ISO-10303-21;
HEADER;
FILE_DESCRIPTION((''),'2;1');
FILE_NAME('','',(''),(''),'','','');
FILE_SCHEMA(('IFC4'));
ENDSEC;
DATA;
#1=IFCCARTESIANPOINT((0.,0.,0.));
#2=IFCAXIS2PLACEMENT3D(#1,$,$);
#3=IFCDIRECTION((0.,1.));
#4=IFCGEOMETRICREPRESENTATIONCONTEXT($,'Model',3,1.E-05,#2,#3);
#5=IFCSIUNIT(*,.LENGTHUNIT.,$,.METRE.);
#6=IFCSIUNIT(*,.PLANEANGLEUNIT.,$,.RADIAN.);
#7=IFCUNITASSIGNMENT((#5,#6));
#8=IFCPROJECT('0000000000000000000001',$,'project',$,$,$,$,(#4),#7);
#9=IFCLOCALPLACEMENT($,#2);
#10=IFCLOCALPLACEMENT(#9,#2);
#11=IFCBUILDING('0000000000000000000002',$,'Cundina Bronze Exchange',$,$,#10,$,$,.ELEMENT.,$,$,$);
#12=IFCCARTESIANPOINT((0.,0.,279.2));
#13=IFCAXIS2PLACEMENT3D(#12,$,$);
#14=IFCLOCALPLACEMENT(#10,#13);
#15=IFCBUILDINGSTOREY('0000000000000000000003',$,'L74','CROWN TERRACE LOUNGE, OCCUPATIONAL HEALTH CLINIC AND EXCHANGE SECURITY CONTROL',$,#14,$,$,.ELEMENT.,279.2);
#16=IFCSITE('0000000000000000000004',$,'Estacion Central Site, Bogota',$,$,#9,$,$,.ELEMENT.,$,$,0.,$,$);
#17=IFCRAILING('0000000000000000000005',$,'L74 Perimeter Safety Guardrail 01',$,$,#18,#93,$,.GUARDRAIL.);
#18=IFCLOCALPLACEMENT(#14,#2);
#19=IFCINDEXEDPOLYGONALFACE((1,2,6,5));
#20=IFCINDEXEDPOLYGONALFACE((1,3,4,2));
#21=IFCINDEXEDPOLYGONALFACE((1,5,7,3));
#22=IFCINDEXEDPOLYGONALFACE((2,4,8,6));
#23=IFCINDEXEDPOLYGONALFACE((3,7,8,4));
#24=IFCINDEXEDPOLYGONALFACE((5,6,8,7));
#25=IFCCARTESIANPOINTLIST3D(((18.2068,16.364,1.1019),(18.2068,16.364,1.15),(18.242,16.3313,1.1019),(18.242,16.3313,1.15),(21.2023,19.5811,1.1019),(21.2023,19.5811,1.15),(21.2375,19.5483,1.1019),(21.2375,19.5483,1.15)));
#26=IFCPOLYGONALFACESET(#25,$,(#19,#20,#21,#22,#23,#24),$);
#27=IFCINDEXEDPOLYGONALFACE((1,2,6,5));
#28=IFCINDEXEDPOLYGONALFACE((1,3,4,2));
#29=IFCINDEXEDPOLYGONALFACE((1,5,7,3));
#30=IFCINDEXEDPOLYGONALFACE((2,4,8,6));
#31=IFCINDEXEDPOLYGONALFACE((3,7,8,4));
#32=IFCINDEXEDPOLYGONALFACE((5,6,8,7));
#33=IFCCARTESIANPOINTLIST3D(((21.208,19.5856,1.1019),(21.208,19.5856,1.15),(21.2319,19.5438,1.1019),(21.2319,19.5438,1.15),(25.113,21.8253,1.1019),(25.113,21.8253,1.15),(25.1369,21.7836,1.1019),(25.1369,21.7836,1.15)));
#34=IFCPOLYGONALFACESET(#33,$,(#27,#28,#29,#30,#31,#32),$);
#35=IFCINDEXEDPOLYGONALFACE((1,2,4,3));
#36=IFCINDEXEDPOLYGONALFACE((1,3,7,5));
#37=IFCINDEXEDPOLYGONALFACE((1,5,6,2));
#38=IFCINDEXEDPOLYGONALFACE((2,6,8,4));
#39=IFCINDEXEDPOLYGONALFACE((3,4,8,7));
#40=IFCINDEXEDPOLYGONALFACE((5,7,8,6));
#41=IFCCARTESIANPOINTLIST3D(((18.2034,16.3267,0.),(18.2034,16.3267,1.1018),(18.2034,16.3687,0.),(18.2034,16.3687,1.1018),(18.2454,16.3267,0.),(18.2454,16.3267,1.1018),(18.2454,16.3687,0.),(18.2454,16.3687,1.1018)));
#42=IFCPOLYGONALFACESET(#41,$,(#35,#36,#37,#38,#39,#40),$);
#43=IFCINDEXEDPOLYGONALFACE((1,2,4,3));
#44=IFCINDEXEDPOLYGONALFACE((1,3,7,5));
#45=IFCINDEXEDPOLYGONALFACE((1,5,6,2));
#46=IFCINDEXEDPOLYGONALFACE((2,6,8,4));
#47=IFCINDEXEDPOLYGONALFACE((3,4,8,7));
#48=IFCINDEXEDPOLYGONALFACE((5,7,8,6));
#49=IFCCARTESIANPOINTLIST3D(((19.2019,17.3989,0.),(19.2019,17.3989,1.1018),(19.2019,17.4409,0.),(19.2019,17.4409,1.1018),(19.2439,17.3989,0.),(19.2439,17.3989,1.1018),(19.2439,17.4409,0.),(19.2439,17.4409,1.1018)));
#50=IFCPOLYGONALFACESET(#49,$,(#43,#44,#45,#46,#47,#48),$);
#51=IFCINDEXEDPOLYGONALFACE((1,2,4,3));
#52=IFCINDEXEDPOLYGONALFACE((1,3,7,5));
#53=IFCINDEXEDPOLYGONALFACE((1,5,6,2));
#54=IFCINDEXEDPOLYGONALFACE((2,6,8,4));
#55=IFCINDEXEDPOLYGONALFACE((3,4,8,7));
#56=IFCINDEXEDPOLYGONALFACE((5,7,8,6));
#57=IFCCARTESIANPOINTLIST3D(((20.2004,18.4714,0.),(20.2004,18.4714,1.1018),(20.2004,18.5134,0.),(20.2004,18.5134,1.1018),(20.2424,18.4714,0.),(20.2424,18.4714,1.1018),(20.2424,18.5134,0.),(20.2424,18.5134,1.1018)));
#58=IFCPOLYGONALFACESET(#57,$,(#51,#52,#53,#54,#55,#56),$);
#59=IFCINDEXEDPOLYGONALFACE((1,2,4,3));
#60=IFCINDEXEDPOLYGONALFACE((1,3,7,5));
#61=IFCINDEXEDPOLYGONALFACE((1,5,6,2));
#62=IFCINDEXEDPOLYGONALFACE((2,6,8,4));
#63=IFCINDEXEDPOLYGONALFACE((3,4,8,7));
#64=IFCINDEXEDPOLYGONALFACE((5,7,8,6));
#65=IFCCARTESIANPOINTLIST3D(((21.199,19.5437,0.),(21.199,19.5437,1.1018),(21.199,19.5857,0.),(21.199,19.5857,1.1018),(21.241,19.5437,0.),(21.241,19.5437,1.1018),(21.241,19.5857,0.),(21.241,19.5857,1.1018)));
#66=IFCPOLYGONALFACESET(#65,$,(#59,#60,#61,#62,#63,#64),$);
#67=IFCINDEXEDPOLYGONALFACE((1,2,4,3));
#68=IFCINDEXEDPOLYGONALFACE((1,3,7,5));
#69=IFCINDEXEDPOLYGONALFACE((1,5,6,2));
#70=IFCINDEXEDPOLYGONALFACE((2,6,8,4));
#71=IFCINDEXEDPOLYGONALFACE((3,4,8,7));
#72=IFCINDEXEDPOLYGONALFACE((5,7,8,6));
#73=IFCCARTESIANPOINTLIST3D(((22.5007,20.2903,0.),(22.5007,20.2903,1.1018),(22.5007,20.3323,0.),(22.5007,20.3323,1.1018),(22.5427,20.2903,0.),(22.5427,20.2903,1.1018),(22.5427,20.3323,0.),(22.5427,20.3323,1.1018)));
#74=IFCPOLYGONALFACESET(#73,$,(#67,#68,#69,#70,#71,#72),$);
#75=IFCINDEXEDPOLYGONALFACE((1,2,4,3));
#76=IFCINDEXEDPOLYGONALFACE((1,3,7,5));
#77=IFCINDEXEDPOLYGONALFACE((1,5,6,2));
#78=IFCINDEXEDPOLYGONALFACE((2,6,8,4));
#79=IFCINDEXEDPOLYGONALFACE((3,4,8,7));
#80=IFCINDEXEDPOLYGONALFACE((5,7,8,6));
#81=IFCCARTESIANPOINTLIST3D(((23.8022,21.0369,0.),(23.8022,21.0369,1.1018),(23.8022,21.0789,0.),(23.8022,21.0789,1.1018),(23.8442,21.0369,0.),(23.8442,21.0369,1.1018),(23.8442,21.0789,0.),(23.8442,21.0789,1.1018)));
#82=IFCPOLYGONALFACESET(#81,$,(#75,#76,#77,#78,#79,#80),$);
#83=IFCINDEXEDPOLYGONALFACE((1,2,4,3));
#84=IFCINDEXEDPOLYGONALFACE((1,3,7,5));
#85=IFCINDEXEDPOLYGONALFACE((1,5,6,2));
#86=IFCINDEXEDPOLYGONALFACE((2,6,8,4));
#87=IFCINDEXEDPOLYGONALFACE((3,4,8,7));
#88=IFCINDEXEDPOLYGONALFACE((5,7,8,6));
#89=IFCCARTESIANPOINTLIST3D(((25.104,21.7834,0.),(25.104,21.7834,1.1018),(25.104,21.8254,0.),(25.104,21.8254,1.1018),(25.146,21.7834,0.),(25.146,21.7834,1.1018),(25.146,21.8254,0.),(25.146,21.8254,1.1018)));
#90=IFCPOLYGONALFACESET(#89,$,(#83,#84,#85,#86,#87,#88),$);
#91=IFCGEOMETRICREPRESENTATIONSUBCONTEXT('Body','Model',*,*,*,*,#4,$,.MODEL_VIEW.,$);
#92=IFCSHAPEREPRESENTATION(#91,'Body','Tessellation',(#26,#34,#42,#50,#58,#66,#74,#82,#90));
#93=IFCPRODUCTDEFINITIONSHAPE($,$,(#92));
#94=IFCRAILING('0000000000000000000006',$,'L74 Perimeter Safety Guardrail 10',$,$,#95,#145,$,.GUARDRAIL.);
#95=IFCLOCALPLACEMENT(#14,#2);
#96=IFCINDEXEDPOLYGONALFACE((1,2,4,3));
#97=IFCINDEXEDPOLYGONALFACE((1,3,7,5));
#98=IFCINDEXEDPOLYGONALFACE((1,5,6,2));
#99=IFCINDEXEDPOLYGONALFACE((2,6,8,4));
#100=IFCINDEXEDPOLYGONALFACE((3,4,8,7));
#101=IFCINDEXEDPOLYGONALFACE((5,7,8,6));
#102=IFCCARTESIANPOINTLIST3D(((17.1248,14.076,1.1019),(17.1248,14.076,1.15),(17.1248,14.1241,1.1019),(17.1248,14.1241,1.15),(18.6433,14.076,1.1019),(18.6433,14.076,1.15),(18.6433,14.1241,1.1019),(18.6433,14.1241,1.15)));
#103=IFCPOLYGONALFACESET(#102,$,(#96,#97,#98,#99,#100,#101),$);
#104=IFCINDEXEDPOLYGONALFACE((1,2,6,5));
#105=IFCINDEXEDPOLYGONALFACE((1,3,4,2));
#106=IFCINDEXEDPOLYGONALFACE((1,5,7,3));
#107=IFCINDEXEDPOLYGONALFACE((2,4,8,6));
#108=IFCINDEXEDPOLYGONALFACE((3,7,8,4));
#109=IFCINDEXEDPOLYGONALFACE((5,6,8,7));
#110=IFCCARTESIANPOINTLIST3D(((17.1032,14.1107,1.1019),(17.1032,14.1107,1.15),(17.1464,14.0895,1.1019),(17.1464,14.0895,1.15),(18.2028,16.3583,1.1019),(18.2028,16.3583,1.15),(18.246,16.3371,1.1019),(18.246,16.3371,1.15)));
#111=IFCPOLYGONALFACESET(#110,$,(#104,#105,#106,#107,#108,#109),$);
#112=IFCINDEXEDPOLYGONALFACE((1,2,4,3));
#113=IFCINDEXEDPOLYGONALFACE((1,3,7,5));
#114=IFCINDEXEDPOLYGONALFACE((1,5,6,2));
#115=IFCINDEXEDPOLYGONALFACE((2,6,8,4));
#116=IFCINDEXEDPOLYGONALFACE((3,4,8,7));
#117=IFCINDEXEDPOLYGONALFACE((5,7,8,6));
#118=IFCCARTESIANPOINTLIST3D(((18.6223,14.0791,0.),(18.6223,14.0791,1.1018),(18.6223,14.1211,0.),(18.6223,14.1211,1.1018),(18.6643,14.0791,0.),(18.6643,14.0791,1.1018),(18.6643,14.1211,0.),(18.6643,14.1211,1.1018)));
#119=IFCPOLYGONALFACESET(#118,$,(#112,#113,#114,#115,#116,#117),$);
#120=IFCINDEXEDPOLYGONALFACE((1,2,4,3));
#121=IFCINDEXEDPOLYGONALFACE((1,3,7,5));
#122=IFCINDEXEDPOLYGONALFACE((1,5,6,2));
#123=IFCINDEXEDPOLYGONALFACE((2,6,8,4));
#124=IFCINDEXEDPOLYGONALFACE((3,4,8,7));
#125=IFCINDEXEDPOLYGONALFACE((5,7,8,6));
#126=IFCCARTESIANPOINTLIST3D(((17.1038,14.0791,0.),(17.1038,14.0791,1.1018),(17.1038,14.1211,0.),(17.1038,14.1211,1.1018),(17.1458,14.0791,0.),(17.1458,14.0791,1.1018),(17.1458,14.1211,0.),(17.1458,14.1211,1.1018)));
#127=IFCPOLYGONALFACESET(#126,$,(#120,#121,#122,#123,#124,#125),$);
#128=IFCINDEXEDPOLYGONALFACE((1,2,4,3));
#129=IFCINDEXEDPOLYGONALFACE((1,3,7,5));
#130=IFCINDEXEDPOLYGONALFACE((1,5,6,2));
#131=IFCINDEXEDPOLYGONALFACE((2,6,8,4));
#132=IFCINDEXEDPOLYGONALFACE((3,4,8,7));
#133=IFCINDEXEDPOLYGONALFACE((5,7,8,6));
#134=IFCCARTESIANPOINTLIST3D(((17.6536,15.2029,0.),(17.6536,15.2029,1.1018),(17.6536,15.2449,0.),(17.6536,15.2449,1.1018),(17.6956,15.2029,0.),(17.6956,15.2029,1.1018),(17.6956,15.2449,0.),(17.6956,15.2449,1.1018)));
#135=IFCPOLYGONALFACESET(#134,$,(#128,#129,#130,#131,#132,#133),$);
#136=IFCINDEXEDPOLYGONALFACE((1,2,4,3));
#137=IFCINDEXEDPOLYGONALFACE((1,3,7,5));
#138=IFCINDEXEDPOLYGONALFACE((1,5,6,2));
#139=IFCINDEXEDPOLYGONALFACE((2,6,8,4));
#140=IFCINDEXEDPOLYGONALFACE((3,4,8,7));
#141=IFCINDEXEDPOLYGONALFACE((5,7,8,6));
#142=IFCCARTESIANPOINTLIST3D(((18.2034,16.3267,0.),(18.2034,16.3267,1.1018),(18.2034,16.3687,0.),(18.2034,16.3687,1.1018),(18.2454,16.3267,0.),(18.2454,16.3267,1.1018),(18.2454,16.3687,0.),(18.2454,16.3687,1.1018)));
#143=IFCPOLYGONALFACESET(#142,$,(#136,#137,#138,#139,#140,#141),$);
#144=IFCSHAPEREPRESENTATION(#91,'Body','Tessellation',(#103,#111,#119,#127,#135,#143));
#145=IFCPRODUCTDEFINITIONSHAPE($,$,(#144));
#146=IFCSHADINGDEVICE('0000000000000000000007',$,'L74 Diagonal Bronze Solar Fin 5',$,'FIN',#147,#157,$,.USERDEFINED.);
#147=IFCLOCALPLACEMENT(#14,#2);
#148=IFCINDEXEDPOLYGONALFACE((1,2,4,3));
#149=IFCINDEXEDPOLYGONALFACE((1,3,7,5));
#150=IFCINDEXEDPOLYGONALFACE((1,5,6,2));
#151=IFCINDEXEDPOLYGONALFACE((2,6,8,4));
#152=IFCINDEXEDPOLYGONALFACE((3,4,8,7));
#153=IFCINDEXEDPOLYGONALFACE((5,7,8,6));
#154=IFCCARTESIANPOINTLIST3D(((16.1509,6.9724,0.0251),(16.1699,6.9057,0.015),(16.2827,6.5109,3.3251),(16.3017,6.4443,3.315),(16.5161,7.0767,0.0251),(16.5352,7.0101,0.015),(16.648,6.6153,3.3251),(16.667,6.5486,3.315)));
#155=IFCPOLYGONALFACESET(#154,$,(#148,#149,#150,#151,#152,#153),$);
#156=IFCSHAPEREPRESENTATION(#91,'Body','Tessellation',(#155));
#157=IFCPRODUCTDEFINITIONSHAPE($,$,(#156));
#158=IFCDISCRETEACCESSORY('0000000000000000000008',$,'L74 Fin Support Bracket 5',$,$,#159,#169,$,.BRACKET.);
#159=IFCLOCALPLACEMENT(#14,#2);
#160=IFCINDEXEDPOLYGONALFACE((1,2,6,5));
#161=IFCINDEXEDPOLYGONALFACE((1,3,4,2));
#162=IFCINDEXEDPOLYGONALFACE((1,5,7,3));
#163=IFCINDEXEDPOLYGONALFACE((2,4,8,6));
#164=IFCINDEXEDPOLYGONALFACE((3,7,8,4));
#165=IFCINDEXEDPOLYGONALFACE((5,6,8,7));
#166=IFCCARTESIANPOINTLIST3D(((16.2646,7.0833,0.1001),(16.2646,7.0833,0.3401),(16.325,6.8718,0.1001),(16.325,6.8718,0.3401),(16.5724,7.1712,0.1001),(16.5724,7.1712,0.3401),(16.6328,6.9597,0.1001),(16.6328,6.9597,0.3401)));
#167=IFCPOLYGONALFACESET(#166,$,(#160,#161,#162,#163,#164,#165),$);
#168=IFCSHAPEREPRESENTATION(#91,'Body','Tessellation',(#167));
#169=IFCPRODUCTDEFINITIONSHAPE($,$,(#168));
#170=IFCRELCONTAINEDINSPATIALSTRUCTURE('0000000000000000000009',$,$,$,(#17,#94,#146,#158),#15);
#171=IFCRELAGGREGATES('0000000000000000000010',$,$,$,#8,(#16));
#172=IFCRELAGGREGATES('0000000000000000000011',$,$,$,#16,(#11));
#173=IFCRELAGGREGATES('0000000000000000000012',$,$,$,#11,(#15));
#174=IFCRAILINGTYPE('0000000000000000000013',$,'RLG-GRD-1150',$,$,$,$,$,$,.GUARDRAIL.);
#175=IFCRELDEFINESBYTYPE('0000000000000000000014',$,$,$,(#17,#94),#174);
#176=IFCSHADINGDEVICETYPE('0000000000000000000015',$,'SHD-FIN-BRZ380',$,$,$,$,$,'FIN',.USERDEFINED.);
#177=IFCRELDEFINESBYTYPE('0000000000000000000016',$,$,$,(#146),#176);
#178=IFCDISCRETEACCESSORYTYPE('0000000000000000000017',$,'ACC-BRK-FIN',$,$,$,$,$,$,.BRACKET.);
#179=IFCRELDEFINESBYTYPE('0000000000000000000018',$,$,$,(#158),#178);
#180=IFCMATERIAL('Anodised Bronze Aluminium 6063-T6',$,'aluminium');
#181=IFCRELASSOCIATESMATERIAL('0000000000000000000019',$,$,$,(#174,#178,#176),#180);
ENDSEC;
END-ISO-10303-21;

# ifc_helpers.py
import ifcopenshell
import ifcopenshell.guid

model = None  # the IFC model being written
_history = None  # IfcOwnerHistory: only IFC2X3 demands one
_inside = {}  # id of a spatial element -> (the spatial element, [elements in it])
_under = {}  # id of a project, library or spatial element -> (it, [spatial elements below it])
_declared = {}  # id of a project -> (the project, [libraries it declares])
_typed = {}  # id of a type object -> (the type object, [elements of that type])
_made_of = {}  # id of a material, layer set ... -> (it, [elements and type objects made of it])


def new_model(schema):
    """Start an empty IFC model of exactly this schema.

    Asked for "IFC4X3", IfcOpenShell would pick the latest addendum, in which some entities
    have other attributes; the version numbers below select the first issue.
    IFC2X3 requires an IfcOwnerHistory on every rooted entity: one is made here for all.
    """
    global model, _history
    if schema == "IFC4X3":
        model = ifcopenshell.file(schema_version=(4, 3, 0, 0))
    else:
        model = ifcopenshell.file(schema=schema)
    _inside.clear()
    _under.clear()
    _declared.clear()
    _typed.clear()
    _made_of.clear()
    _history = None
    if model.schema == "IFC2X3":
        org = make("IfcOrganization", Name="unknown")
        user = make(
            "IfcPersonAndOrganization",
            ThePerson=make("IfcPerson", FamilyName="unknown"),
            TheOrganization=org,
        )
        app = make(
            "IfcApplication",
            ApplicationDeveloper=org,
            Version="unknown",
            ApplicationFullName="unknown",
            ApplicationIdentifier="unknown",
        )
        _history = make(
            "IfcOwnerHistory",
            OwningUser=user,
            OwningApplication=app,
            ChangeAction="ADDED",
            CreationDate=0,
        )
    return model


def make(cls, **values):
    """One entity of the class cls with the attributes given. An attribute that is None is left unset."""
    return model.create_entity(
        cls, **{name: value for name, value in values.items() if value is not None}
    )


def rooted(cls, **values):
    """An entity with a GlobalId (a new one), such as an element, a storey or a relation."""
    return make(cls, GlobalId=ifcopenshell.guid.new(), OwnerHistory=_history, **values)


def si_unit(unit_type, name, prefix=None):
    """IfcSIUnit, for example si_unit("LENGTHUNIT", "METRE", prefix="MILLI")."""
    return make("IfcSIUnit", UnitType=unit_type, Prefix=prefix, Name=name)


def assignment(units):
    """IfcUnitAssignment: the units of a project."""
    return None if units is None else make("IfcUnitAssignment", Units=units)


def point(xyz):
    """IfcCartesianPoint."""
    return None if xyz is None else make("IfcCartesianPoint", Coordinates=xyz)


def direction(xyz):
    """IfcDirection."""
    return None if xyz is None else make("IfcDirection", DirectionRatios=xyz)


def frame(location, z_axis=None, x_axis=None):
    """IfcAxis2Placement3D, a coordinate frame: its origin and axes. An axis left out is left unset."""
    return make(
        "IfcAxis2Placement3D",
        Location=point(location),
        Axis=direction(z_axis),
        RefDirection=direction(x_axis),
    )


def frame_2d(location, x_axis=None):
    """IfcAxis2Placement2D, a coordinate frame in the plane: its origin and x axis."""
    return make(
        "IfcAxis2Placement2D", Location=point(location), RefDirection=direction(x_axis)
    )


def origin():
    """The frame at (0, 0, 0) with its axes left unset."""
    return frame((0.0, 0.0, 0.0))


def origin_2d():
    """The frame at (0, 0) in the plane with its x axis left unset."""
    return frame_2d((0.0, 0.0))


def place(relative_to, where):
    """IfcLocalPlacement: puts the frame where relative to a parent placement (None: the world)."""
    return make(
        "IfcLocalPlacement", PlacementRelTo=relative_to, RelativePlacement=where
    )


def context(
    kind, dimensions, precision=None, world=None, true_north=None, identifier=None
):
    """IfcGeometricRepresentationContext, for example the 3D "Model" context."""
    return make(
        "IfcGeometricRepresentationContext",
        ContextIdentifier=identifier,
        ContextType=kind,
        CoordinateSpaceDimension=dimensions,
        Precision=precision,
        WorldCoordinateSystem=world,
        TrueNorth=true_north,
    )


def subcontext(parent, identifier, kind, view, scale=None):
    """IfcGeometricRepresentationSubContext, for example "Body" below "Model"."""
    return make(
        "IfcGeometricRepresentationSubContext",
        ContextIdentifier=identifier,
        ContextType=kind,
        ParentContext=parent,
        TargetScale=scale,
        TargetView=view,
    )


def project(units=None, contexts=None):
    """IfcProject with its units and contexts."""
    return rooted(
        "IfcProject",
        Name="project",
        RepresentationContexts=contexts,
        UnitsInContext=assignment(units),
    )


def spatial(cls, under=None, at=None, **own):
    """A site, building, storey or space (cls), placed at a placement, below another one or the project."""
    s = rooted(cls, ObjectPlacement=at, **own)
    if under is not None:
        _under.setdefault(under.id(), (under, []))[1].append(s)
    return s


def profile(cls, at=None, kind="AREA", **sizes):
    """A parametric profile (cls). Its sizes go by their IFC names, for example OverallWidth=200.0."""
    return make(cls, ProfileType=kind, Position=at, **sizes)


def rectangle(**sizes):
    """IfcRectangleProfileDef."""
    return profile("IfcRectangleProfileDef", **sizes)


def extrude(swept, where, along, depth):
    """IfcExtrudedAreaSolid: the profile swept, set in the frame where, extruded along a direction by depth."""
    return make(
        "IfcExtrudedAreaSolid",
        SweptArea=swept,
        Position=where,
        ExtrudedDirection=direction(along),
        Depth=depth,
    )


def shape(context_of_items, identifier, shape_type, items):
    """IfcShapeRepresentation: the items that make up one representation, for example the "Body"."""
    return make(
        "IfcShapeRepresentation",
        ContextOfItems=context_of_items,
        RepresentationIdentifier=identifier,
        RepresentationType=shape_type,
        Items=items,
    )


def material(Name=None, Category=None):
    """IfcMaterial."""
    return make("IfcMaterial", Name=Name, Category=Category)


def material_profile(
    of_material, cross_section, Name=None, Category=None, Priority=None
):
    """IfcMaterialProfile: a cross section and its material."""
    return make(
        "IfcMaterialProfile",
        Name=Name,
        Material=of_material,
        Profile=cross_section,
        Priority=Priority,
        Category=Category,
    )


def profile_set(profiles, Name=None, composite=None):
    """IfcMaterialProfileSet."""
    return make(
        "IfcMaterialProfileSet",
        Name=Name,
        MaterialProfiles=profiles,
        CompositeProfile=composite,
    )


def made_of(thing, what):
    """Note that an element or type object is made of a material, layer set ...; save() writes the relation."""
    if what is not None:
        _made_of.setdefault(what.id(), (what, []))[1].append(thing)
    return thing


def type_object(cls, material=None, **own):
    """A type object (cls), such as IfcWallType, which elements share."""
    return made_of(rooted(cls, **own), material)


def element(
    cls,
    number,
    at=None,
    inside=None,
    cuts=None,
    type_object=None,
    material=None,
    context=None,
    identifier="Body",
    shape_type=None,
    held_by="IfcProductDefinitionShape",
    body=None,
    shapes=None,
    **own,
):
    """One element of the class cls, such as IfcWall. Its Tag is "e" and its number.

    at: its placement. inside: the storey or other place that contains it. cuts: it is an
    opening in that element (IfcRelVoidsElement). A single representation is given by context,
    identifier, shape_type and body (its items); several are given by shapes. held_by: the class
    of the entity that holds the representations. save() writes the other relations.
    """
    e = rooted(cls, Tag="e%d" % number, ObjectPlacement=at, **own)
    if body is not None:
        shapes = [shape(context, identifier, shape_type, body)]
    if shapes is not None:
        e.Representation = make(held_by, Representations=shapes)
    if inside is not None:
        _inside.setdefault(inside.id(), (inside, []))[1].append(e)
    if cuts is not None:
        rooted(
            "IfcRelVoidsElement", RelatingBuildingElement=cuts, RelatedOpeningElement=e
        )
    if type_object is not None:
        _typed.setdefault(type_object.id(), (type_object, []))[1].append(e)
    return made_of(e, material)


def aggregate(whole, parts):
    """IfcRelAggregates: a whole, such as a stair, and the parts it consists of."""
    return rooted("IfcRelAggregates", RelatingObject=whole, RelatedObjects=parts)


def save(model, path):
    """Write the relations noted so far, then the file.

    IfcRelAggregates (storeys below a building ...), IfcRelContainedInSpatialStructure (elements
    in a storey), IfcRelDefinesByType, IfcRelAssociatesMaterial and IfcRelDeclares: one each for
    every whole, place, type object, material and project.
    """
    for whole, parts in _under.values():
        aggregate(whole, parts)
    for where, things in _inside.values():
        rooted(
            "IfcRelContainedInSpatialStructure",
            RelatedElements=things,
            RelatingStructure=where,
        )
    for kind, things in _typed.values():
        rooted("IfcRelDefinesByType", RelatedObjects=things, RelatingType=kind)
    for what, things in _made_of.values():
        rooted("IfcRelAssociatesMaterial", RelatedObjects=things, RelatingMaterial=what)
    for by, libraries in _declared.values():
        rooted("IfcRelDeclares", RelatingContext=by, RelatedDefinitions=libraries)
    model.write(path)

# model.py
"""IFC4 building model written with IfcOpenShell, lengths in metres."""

from ifc_helpers import new_model, si_unit, direction, frame, origin, origin_2d, place, context, subcontext, project, spatial, rectangle, extrude, material, material_profile, profile_set, type_object, element, save


model = new_model("IFC4")

# Units and contexts
model_context = context("Model", 3, precision=1e-05, world=origin(), true_north=direction((0.0, 1.0)))
body_context = subcontext(model_context, "Body", "Model", "MODEL_VIEW")
ifc_project = project(units=[si_unit("LENGTHUNIT", "METRE"), si_unit("PLANEANGLEUNIT", "RADIAN")], contexts=[model_context])

# Site, building, storey
site_placement = place(None, origin())
site = spatial("IfcSite", under=ifc_project, at=site_placement, Name="Estacion Central Site, Bogota", CompositionType="ELEMENT", RefElevation=0.0)
building_placement = place(site_placement, origin())
building = spatial("IfcBuilding", under=site, at=building_placement, Name="Cundina Bronze Exchange", CompositionType="ELEMENT")
storey_placement = place(building_placement, frame((0.0, 0.0, 279.2)))
storey = spatial("IfcBuildingStorey", under=building, at=storey_placement, Name="L74", Description="CROWN TERRACE LOUNGE, OCCUPATIONAL HEALTH CLINIC AND EXCHANGE SECURITY CONTROL", CompositionType="ELEMENT", Elevation=279.2)

# Shared definitions
ifc_material_1 = material(Name="Anodised Bronze Aluminium 6063-T6", Category="aluminium")

# Railings
railing_type = type_object("IfcRailingType", Name="RLG-GRD-1150", PredefinedType="GUARDRAIL", material=ifc_material_1)
railing_1_placement = place(storey_placement, frame((18.2244, 16.3477, 0.0)))
element("IfcRailing", 1, at=railing_1_placement, inside=storey, type_object=railing_type, Name="L74 Perimeter Safety Guardrail 01", PredefinedType="GUARDRAIL", context=body_context, shape_type="SweptSolid", body=[
    extrude(rectangle(XDim=0.0481, YDim=0.0481, at=origin_2d()), frame((0.0, 0.0, 1.126), z_axis=(0.681471, 0.731845, 0.0), x_axis=(-0.731845, 0.681471, 0.0)), (0.0, 0.0, 1.0), 4.3958),
    extrude(rectangle(XDim=0.0481, YDim=0.0481, at=origin_2d()), frame((2.9956, 3.217, 1.126), z_axis=(0.867448, 0.497528, 0.0), x_axis=(-0.497528, 0.867448, 0.0)), (0.0, 0.0, 1.0), 4.5017),
    extrude(rectangle(XDim=0.042, YDim=0.042, at=origin_2d()), origin(), (0.0, 0.0, 1.0), 1.1018),
    extrude(rectangle(XDim=0.042, YDim=0.042, at=origin_2d()), frame((0.9985, 1.0723, 0.0)), (0.0, 0.0, 1.0), 1.1018),
    extrude(rectangle(XDim=0.042, YDim=0.042, at=origin_2d()), frame((1.9971, 2.1448, 0.0)), (0.0, 0.0, 1.0), 1.1018),
    extrude(rectangle(XDim=0.042, YDim=0.042, at=origin_2d()), frame((2.9956, 3.217, 0.0)), (0.0, 0.0, 1.0), 1.1018),
    extrude(rectangle(XDim=0.042, YDim=0.042, at=origin_2d()), frame((4.2974, 3.9636, 0.0)), (0.0, 0.0, 1.0), 1.1018),
    extrude(rectangle(XDim=0.042, YDim=0.042, at=origin_2d()), frame((5.5989, 4.7102, 0.0)), (0.0, 0.0, 1.0), 1.1018),
    extrude(rectangle(XDim=0.042, YDim=0.042, at=origin_2d()), frame((6.9006, 5.4568, 0.0)), (0.0, 0.0, 1.0), 1.1018),
])
railing_2_placement = place(storey_placement, frame((18.6433, 14.1001, 0.0)))
element("IfcRailing", 2, at=railing_2_placement, inside=storey, type_object=railing_type, Name="L74 Perimeter Safety Guardrail 10", PredefinedType="GUARDRAIL", context=body_context, shape_type="SweptSolid", body=[
    extrude(rectangle(XDim=0.0481, YDim=0.0481, at=origin_2d()), frame((0.0, 0.0, 1.126), z_axis=(-1.0, 0.0, 0.0), x_axis=(0.0, -1.0, 0.0)), (0.0, 0.0, 1.0), 1.5186),
    extrude(rectangle(XDim=0.0481, YDim=0.0481, at=origin_2d()), frame((-1.5186, 0.0, 1.126), z_axis=(0.439469, 0.898258, 0.0), x_axis=(-0.898258, 0.439469, 0.0)), (0.0, 0.0, 1.0), 2.5022),
    extrude(rectangle(XDim=0.042, YDim=0.042, at=origin_2d()), origin(), (0.0, 0.0, 1.0), 1.1018),
    extrude(rectangle(XDim=0.042, YDim=0.042, at=origin_2d()), frame((-1.5186, 0.0, 0.0)), (0.0, 0.0, 1.0), 1.1018),
    extrude(rectangle(XDim=0.042, YDim=0.042, at=origin_2d()), frame((-0.9688, 1.1238, 0.0)), (0.0, 0.0, 1.0), 1.1018),
    extrude(rectangle(XDim=0.042, YDim=0.042, at=origin_2d()), frame((-0.4189, 2.2476, 0.0)), (0.0, 0.0, 1.0), 1.1018),
])

# Shading device
ifc_material_profile_1 = material_profile(ifc_material_1, rectangle(XDim=0.0701, YDim=0.3799, at=origin_2d()), Name="FIN70X380", Category="aluminium")
ifc_profile_set_1 = profile_set([ifc_material_profile_1], Name="Anodised Bronze Aluminium 6063-T6")
shading_device_type = type_object("IfcShadingDeviceType", Name="SHD-FIN-BRZ380", ElementType="FIN", PredefinedType="USERDEFINED", material=ifc_profile_set_1)
shading_device_placement = place(storey_placement, frame((16.343, 6.9912, 0.02), z_axis=(0.039534, -0.138369, 0.989591), x_axis=(-0.271862, 0.951516, 0.143905)))
element("IfcShadingDevice", 3, at=shading_device_placement, inside=storey, type_object=shading_device_type, Name="L74 Diagonal Bronze Solar Fin 5", ObjectType="FIN", PredefinedType="USERDEFINED", context=body_context, shape_type="SweptSolid", body=[
    extrude(rectangle(XDim=0.0701, YDim=0.3799, at=origin_2d()), origin(), (0.0, 0.0, 1.0), 3.3347),
])

# Discrete accessory
discrete_accessory_type = type_object("IfcDiscreteAccessoryType", Name="ACC-BRK-FIN", PredefinedType="BRACKET", material=ifc_material_1)
discrete_accessory_placement = place(storey_placement, frame((16.4487, 7.0215, 0.1001), z_axis=(0.0, 0.0, 1.0), x_axis=(0.274563, -0.961569, 0.0)))
element("IfcDiscreteAccessory", 4, at=discrete_accessory_placement, inside=storey, type_object=discrete_accessory_type, Name="L74 Fin Support Bracket 5", PredefinedType="BRACKET", context=body_context, shape_type="SweptSolid", body=[
    extrude(rectangle(XDim=0.22, YDim=0.3201, at=origin_2d()), origin(), (0.0, 0.0, 1.0), 0.24),
])

save(model, "model.ifc")
